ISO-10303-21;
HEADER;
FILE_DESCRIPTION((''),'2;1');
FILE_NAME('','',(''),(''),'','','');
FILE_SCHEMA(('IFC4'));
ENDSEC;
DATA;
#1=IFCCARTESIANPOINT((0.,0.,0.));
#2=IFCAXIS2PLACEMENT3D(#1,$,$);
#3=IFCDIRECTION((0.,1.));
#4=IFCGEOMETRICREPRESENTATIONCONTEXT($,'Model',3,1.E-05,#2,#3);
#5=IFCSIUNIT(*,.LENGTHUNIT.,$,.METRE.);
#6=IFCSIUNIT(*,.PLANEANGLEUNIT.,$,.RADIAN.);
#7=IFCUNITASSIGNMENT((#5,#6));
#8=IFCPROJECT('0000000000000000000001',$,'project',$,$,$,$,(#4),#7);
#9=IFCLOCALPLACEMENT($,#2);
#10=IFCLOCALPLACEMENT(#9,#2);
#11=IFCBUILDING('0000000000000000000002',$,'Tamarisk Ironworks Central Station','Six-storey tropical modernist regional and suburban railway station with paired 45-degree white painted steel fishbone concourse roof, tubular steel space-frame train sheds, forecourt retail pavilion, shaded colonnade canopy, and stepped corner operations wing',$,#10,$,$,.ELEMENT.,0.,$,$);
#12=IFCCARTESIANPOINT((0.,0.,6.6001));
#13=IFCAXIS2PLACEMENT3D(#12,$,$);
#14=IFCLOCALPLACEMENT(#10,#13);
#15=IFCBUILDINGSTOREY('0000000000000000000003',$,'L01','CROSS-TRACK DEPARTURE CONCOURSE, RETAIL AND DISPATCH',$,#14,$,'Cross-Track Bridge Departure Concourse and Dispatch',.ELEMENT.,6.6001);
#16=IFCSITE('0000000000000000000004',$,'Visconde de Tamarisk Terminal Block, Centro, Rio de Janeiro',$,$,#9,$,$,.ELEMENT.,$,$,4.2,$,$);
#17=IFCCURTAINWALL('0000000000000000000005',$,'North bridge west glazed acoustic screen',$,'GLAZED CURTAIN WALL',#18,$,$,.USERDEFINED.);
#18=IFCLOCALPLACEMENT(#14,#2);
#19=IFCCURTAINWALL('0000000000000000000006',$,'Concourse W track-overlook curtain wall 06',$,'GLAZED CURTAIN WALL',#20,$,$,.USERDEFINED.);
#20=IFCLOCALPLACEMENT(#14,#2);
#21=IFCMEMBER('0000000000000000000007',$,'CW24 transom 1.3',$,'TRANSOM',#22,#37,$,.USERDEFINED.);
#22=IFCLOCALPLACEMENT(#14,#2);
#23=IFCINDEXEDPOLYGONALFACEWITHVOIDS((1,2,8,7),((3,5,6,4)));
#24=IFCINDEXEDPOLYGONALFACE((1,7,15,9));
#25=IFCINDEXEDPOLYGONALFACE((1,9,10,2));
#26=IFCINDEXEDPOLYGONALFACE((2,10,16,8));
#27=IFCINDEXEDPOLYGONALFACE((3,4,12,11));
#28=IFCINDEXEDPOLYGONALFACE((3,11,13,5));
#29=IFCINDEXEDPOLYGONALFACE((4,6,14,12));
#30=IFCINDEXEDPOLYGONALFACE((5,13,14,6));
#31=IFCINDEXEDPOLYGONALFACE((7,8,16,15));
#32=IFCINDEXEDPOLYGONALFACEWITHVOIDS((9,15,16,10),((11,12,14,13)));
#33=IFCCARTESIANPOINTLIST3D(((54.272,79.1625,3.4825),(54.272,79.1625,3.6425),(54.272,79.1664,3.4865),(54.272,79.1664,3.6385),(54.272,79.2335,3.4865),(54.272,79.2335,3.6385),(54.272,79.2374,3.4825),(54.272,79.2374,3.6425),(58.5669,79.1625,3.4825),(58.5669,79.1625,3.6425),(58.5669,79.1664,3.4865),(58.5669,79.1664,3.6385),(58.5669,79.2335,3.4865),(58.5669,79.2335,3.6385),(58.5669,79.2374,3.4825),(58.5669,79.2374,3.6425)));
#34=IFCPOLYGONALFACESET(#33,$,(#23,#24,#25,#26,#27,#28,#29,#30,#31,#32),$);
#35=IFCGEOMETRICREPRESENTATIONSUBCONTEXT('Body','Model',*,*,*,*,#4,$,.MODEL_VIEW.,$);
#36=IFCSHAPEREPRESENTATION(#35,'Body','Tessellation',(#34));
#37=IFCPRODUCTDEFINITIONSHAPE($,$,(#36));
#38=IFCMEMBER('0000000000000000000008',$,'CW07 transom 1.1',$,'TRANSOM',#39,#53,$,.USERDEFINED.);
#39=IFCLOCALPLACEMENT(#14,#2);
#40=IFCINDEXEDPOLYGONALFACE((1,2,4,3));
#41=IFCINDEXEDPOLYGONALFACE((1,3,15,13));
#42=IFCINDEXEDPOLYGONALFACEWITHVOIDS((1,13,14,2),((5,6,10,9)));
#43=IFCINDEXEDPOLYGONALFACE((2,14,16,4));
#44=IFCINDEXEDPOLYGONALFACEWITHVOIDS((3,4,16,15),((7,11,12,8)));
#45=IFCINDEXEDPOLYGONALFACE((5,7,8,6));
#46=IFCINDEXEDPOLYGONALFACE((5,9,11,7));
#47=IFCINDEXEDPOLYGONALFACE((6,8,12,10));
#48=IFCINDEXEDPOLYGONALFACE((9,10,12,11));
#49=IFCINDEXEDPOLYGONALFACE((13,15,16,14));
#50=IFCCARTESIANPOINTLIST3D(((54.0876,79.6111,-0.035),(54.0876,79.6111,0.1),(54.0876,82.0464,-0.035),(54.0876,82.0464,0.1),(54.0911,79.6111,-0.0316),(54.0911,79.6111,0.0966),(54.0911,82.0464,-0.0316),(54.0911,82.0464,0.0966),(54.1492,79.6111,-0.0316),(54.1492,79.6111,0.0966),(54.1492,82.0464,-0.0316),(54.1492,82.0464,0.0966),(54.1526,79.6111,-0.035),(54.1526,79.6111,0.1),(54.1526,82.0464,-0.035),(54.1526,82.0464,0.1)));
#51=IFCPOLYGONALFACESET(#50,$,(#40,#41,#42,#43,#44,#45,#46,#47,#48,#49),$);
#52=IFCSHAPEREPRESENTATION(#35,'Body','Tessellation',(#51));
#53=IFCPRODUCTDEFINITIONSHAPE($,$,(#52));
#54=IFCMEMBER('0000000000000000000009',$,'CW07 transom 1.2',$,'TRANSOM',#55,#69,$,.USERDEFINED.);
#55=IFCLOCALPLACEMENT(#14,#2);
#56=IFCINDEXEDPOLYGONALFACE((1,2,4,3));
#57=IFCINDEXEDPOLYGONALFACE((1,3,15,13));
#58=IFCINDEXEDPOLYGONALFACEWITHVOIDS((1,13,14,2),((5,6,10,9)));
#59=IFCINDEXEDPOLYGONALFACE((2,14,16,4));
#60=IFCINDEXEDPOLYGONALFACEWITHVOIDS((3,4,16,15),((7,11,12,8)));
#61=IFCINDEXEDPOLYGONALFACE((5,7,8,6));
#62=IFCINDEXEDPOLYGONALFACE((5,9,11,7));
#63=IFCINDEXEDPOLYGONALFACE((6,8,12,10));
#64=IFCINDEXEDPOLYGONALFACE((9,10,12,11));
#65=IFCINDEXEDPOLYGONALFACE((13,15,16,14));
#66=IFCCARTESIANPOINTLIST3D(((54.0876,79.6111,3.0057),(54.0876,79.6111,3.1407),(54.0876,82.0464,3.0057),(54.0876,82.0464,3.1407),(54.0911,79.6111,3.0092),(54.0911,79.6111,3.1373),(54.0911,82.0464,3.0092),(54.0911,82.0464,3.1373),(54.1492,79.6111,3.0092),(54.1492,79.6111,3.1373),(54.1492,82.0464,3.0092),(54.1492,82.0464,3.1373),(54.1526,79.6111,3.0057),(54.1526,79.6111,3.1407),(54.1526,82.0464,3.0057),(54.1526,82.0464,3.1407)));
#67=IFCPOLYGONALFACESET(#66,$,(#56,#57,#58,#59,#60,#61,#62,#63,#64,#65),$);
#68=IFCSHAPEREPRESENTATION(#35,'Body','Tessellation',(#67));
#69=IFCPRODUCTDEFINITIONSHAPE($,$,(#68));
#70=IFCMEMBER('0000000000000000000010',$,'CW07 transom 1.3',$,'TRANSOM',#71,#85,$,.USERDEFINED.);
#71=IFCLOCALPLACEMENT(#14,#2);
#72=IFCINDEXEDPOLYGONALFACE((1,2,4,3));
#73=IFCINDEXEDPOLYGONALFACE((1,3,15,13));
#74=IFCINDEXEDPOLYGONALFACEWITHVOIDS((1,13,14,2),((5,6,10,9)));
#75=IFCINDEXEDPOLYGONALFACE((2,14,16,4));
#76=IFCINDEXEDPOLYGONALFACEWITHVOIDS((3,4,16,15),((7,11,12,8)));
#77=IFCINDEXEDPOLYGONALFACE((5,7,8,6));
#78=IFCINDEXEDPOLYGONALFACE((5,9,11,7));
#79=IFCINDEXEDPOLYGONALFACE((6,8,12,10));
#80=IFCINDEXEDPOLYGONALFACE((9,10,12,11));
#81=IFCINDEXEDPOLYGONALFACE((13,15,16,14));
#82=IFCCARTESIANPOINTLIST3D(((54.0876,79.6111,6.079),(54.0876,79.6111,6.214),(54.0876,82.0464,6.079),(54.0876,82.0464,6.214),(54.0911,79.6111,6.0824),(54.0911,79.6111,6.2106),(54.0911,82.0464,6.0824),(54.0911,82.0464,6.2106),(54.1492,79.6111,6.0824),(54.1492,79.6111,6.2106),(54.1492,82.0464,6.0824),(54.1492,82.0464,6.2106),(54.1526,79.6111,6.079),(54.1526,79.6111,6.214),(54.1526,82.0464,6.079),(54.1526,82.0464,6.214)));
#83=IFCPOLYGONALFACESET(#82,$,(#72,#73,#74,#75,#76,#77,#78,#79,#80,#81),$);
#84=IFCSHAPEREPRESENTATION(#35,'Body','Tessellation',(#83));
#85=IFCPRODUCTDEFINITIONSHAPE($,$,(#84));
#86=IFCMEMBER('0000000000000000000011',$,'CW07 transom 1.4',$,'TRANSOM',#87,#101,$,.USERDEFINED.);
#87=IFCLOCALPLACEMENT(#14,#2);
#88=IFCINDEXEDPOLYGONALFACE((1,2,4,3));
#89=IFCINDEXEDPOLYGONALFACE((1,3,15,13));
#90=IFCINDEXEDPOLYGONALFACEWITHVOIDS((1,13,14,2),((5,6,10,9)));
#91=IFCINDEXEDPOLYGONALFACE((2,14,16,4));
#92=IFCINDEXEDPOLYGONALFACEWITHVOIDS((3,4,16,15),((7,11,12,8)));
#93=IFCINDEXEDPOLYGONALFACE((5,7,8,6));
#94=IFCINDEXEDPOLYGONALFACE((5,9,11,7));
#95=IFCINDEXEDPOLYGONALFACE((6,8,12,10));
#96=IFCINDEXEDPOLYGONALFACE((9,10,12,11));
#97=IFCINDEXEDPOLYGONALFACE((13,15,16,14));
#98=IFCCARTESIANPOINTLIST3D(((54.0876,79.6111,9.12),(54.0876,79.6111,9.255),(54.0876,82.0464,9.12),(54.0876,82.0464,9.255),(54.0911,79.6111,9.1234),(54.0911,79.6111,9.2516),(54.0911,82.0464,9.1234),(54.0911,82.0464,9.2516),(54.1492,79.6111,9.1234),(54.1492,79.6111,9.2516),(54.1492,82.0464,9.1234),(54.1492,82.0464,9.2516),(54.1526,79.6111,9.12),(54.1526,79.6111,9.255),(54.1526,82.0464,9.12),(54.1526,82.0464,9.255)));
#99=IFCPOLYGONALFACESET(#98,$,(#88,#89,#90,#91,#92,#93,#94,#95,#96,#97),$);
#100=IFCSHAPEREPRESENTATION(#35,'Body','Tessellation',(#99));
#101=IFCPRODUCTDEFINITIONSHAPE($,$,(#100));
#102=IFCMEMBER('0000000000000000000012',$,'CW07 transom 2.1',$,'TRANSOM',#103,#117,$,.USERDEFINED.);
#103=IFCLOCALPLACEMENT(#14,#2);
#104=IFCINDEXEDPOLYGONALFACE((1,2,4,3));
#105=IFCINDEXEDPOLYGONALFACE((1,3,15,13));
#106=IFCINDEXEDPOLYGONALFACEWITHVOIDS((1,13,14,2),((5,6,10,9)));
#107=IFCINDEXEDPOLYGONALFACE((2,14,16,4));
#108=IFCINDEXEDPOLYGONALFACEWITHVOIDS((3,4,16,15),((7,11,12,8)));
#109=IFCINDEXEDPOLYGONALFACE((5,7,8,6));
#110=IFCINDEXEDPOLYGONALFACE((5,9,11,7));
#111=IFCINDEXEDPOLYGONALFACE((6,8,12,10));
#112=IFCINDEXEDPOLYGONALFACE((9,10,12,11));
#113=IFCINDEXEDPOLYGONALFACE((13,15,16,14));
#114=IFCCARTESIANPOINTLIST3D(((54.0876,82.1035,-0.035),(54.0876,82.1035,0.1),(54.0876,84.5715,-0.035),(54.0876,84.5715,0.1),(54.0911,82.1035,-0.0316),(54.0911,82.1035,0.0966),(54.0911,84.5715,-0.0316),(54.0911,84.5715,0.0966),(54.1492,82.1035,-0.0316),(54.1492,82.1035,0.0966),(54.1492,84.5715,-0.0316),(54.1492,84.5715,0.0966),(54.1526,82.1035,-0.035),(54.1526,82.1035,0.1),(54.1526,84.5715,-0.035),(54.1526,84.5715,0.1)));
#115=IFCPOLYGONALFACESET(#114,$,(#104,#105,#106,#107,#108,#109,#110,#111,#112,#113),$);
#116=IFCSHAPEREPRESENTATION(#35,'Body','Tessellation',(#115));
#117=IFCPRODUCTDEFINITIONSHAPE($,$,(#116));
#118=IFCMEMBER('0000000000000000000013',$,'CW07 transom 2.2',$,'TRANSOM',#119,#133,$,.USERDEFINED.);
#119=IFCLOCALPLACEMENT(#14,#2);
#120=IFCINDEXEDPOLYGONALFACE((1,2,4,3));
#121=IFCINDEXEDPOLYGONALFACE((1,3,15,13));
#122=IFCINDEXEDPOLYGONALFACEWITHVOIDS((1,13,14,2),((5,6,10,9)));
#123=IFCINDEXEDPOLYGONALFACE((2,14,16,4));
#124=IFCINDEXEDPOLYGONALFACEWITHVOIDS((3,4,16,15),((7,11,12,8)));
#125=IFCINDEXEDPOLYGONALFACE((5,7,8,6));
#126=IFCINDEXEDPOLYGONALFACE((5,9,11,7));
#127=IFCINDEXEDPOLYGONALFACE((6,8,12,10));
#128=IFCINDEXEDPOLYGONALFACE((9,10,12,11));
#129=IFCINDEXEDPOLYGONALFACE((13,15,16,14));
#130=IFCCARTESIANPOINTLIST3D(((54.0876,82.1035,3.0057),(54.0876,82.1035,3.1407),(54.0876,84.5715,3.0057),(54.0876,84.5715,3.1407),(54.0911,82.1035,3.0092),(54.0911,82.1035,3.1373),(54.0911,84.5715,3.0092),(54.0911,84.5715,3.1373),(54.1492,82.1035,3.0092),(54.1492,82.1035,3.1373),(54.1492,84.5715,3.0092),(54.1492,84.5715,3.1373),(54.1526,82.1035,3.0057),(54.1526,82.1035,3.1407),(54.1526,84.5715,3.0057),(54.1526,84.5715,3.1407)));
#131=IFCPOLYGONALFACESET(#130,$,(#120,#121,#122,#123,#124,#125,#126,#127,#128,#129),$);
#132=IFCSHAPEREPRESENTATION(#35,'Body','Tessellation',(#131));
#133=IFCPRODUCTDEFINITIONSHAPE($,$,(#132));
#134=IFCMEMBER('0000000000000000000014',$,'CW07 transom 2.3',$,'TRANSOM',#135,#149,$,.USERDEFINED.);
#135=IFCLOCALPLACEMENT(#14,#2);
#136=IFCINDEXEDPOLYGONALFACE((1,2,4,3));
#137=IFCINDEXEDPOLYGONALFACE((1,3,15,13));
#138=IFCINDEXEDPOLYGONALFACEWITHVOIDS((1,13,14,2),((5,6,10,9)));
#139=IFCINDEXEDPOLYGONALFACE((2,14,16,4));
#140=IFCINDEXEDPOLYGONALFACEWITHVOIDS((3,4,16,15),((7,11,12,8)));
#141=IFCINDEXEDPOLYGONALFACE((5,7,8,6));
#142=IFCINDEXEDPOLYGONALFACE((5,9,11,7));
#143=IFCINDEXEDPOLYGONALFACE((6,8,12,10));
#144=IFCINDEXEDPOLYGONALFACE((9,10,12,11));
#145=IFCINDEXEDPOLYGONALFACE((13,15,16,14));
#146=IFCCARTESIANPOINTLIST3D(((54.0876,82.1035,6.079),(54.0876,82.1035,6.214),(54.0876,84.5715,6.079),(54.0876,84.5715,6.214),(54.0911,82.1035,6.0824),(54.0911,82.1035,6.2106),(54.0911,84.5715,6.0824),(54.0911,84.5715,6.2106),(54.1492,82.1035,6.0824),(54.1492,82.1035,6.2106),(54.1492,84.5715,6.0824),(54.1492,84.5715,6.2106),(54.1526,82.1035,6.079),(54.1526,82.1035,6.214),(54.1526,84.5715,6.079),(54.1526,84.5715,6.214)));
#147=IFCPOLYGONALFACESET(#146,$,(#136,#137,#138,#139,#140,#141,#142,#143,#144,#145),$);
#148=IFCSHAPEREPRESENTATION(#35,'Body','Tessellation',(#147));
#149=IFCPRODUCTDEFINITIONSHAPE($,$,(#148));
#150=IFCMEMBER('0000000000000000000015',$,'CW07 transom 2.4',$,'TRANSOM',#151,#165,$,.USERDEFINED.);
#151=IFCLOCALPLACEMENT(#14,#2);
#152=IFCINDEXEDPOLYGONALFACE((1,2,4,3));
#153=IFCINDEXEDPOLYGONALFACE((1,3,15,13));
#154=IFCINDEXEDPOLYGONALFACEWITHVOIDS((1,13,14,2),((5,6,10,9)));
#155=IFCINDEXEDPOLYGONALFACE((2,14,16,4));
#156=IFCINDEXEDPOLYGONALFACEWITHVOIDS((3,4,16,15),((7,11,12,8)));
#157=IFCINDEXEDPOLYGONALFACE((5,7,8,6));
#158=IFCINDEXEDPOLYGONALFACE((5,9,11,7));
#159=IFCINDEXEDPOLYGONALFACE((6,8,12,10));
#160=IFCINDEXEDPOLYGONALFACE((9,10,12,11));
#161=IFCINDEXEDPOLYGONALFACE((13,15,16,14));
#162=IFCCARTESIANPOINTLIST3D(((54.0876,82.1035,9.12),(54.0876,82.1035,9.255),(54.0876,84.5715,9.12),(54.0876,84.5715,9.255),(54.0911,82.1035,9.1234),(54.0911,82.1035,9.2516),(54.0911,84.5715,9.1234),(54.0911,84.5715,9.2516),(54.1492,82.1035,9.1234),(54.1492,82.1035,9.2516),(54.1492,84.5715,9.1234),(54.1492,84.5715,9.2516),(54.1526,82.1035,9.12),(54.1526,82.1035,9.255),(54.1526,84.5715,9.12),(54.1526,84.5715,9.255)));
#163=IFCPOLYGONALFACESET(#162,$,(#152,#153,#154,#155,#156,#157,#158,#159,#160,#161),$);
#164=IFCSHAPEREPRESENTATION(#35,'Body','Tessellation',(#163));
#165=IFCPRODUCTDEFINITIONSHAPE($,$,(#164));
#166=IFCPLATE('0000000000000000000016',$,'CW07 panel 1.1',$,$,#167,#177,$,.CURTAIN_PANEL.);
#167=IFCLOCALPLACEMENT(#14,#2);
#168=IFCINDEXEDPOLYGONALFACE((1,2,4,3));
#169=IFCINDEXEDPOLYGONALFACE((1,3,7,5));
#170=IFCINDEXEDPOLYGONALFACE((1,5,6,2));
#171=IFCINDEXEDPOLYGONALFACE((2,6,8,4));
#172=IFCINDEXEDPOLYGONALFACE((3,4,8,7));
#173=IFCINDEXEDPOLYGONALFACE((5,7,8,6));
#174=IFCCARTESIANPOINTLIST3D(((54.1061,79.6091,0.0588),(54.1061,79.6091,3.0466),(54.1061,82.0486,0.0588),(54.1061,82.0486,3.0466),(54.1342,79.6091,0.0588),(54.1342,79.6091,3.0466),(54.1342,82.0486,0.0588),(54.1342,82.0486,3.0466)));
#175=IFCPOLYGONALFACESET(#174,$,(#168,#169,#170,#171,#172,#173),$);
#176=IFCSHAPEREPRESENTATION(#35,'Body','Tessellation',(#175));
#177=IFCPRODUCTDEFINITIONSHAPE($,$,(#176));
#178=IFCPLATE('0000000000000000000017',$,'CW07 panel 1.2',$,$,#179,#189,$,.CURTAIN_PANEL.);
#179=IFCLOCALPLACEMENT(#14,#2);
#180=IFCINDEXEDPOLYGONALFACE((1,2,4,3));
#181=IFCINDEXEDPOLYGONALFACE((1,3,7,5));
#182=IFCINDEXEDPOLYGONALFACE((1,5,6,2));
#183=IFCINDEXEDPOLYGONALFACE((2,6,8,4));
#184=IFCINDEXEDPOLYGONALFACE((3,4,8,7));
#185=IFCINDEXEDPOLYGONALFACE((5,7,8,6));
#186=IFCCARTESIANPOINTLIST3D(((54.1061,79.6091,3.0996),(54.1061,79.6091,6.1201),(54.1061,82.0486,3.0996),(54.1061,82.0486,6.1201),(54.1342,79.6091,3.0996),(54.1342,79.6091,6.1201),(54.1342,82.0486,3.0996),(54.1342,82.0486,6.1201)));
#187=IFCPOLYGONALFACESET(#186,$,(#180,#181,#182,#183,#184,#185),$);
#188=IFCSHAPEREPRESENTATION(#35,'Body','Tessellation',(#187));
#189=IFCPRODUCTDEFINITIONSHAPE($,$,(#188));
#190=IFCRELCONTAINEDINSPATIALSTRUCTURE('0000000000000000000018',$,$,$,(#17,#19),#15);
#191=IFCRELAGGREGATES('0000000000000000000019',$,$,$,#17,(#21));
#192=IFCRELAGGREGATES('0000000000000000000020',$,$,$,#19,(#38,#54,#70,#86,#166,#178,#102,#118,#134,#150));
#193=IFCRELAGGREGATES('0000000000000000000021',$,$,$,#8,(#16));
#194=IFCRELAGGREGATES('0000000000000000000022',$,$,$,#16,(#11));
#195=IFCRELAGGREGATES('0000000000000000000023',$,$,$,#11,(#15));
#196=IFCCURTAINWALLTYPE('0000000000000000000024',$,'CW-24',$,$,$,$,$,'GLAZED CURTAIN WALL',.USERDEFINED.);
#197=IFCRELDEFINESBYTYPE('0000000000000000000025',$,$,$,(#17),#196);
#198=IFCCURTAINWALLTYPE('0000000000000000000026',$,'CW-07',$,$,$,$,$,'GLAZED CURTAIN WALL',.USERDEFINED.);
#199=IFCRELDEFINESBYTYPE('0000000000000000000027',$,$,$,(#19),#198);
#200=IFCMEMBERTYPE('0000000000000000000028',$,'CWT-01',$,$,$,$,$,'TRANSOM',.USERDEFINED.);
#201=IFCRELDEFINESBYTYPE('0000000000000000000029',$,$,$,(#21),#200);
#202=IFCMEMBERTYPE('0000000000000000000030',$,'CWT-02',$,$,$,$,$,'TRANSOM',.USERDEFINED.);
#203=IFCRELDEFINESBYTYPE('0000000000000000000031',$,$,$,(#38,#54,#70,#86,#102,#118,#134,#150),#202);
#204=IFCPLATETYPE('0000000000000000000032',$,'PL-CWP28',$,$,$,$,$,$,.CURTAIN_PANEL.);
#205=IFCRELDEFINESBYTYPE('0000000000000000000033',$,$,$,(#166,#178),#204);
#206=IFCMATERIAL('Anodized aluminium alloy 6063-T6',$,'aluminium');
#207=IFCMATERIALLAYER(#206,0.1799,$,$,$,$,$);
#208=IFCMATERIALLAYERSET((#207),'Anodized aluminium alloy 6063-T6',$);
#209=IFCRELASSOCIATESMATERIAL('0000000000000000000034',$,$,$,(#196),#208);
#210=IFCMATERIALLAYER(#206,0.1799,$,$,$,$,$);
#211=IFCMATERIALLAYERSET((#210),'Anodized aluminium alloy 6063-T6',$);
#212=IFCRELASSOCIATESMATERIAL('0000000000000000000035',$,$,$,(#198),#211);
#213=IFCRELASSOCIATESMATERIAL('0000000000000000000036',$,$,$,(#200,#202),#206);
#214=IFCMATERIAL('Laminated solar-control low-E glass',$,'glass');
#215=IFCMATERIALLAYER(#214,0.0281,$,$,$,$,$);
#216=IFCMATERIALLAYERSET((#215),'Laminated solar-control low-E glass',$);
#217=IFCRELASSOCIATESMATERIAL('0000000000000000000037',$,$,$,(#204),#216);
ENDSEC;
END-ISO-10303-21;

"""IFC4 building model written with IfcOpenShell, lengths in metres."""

from ifc_helpers import new_model, si_unit, direction, frame, origin, origin_2d, place, context, subcontext, project, spatial, rectangle, hollow_rectangle, extrude, material, layer, layer_set, material_profile, profile_set, type_object, element, aggregate, save


model = new_model("IFC4")

# Units and contexts
model_context = context("Model", 3, precision=1e-05, world=origin(), true_north=direction((0.0, 1.0)))
body_context = subcontext(model_context, "Body", "Model", "MODEL_VIEW")
ifc_project = project(units=[si_unit("LENGTHUNIT", "METRE"), si_unit("PLANEANGLEUNIT", "RADIAN")], contexts=[model_context])

# Site, building, storey
site_placement = place(None, origin())
site = spatial("IfcSite", under=ifc_project, at=site_placement, Name="Visconde de Tamarisk Terminal Block, Centro, Rio de Janeiro", CompositionType="ELEMENT", RefElevation=4.2)
building_placement = place(site_placement, origin())
building = spatial("IfcBuilding", under=site, at=building_placement, Name="Tamarisk Ironworks Central Station", Description="Six-storey tropical modernist regional and suburban railway station with paired 45-degree white painted steel fishbone concourse roof, tubular steel space-frame train sheds, forecourt retail pavilion, shaded colonnade canopy, and stepped corner operations wing", CompositionType="ELEMENT", ElevationOfRefHeight=0.0)
storey_placement = place(building_placement, frame((0.0, 0.0, 6.6001)))
storey = spatial("IfcBuildingStorey", under=building, at=storey_placement, Name="L01", Description="CROSS-TRACK DEPARTURE CONCOURSE, RETAIL AND DISPATCH", LongName="Cross-Track Bridge Departure Concourse and Dispatch", CompositionType="ELEMENT", Elevation=6.6001)

# Curtain wall
ifc_material_1 = material(Name="Anodized aluminium alloy 6063-T6", Category="aluminium")
ifc_layer_1 = layer(ifc_material_1, 0.1799)
ifc_layer_set_1 = layer_set([ifc_layer_1], Name="Anodized aluminium alloy 6063-T6")
curtain_wall_type_1 = type_object("IfcCurtainWallType", Name="CW-24", ElementType="GLAZED CURTAIN WALL", PredefinedType="USERDEFINED", material=ifc_layer_set_1)
curtain_wall_1_placement = place(storey_placement, origin())
curtain_wall_1 = element("IfcCurtainWall", 1, at=curtain_wall_1_placement, inside=storey, type_object=curtain_wall_type_1, Name="North bridge west glazed acoustic screen", ObjectType="GLAZED CURTAIN WALL", PredefinedType="USERDEFINED")

# Curtain wall
ifc_layer_2 = layer(ifc_material_1, 0.1799)
ifc_layer_set_2 = layer_set([ifc_layer_2], Name="Anodized aluminium alloy 6063-T6")
curtain_wall_type_2 = type_object("IfcCurtainWallType", Name="CW-07", ElementType="GLAZED CURTAIN WALL", PredefinedType="USERDEFINED", material=ifc_layer_set_2)
curtain_wall_2_placement = place(storey_placement, origin())
curtain_wall_2 = element("IfcCurtainWall", 2, at=curtain_wall_2_placement, inside=storey, type_object=curtain_wall_type_2, Name="Concourse W track-overlook curtain wall 06", ObjectType="GLAZED CURTAIN WALL", PredefinedType="USERDEFINED")

# Members
ifc_material_profile_1 = material_profile(ifc_material_1, hollow_rectangle(XDim=0.075, YDim=0.1599, WallThickness=0.0039, at=origin_2d()), Name="ALUM 160x75")
ifc_profile_set_1 = profile_set([ifc_material_profile_1], Name="Anodized aluminium alloy 6063-T6")
member_type_1 = type_object("IfcMemberType", Name="CWT-01", ElementType="TRANSOM", PredefinedType="USERDEFINED", material=ifc_profile_set_1)
member_1_placement = place(storey_placement, frame((54.272, 79.2, 3.5625), z_axis=(1.0, 0.0, 0.0), x_axis=(0.0, 1.0, 0.0)))
member_1 = element("IfcMember", 3, at=member_1_placement, type_object=member_type_1, Name="CW24 transom 1.3", ObjectType="TRANSOM", PredefinedType="USERDEFINED", context=body_context, shape_type="SweptSolid", body=[
    extrude(hollow_rectangle(XDim=0.075, YDim=0.1599, WallThickness=0.0039, at=origin_2d()), origin(), (0.0, 0.0, 1.0), 4.2949),
])
aggregate(curtain_wall_1, [member_1])
ifc_material_profile_2 = material_profile(ifc_material_1, hollow_rectangle(XDim=0.0649, YDim=0.135, WallThickness=0.0034, at=origin_2d()), Name="ALUM 135x65")
ifc_profile_set_2 = profile_set([ifc_material_profile_2], Name="Anodized aluminium alloy 6063-T6")
member_type_2 = type_object("IfcMemberType", Name="CWT-02", ElementType="TRANSOM", PredefinedType="USERDEFINED", material=ifc_profile_set_2)
member_2_placement = place(storey_placement, frame((54.1201, 79.6111, 0.0325), z_axis=(0.0, 1.0, 0.0), x_axis=(-1.0, 0.0, 0.0)))
member_2 = element("IfcMember", 4, at=member_2_placement, type_object=member_type_2, Name="CW07 transom 1.1", ObjectType="TRANSOM", PredefinedType="USERDEFINED", context=body_context, shape_type="SweptSolid", body=[
    extrude(hollow_rectangle(XDim=0.0649, YDim=0.135, WallThickness=0.0034, at=origin_2d()), origin(), (0.0, 0.0, 1.0), 2.4353),
])
member_3_placement = place(storey_placement, frame((54.1201, 79.6111, 3.0732), z_axis=(0.0, 1.0, 0.0), x_axis=(-1.0, 0.0, 0.0)))
member_3 = element("IfcMember", 5, at=member_3_placement, type_object=member_type_2, Name="CW07 transom 1.2", ObjectType="TRANSOM", PredefinedType="USERDEFINED", context=body_context, shape_type="SweptSolid", body=[
    extrude(hollow_rectangle(XDim=0.0649, YDim=0.135, WallThickness=0.0034, at=origin_2d()), origin(), (0.0, 0.0, 1.0), 2.4353),
])
member_4_placement = place(storey_placement, frame((54.1201, 79.6111, 6.1465), z_axis=(0.0, 1.0, 0.0), x_axis=(-1.0, 0.0, 0.0)))
member_4 = element("IfcMember", 6, at=member_4_placement, type_object=member_type_2, Name="CW07 transom 1.3", ObjectType="TRANSOM", PredefinedType="USERDEFINED", context=body_context, shape_type="SweptSolid", body=[
    extrude(hollow_rectangle(XDim=0.0649, YDim=0.135, WallThickness=0.0034, at=origin_2d()), origin(), (0.0, 0.0, 1.0), 2.4353),
])
member_5_placement = place(storey_placement, frame((54.1201, 79.6111, 9.1875), z_axis=(0.0, 1.0, 0.0), x_axis=(-1.0, 0.0, 0.0)))
member_5 = element("IfcMember", 7, at=member_5_placement, type_object=member_type_2, Name="CW07 transom 1.4", ObjectType="TRANSOM", PredefinedType="USERDEFINED", context=body_context, shape_type="SweptSolid", body=[
    extrude(hollow_rectangle(XDim=0.0649, YDim=0.135, WallThickness=0.0034, at=origin_2d()), origin(), (0.0, 0.0, 1.0), 2.4353),
])
member_6_placement = place(storey_placement, frame((54.1201, 82.1035, 0.0325), z_axis=(0.0, 1.0, 0.0), x_axis=(-1.0, 0.0, 0.0)))
member_6 = element("IfcMember", 8, at=member_6_placement, type_object=member_type_2, Name="CW07 transom 2.1", ObjectType="TRANSOM", PredefinedType="USERDEFINED", context=body_context, shape_type="SweptSolid", body=[
    extrude(hollow_rectangle(XDim=0.0649, YDim=0.135, WallThickness=0.0034, at=origin_2d()), origin(), (0.0, 0.0, 1.0), 2.468),
])
member_7_placement = place(storey_placement, frame((54.1201, 82.1035, 3.0732), z_axis=(0.0, 1.0, 0.0), x_axis=(-1.0, 0.0, 0.0)))
member_7 = element("IfcMember", 9, at=member_7_placement, type_object=member_type_2, Name="CW07 transom 2.2", ObjectType="TRANSOM", PredefinedType="USERDEFINED", context=body_context, shape_type="SweptSolid", body=[
    extrude(hollow_rectangle(XDim=0.0649, YDim=0.135, WallThickness=0.0034, at=origin_2d()), origin(), (0.0, 0.0, 1.0), 2.468),
])
member_8_placement = place(storey_placement, frame((54.1201, 82.1035, 6.1465), z_axis=(0.0, 1.0, 0.0), x_axis=(-1.0, 0.0, 0.0)))
member_8 = element("IfcMember", 10, at=member_8_placement, type_object=member_type_2, Name="CW07 transom 2.3", ObjectType="TRANSOM", PredefinedType="USERDEFINED", context=body_context, shape_type="SweptSolid", body=[
    extrude(hollow_rectangle(XDim=0.0649, YDim=0.135, WallThickness=0.0034, at=origin_2d()), origin(), (0.0, 0.0, 1.0), 2.468),
])
member_9_placement = place(storey_placement, frame((54.1201, 82.1035, 9.1875), z_axis=(0.0, 1.0, 0.0), x_axis=(-1.0, 0.0, 0.0)))
member_9 = element("IfcMember", 11, at=member_9_placement, type_object=member_type_2, Name="CW07 transom 2.4", ObjectType="TRANSOM", PredefinedType="USERDEFINED", context=body_context, shape_type="SweptSolid", body=[
    extrude(hollow_rectangle(XDim=0.0649, YDim=0.135, WallThickness=0.0034, at=origin_2d()), origin(), (0.0, 0.0, 1.0), 2.468),
])

# Plates
ifc_material_2 = material(Name="Laminated solar-control low-E glass", Category="glass")
ifc_layer_3 = layer(ifc_material_2, 0.0281)
ifc_layer_set_3 = layer_set([ifc_layer_3], Name="Laminated solar-control low-E glass")
plate_type = type_object("IfcPlateType", Name="PL-CWP28", PredefinedType="CURTAIN_PANEL", material=ifc_layer_set_3)
plate_1_placement = place(storey_placement, frame((54.1201, 80.8289, 0.0588), z_axis=(0.0, 0.0, 1.0), x_axis=(0.0, 1.0, 0.0)))
plate_1 = element("IfcPlate", 12, at=plate_1_placement, type_object=plate_type, Name="CW07 panel 1.1", PredefinedType="CURTAIN_PANEL", context=body_context, shape_type="SweptSolid", body=[
    extrude(rectangle(XDim=2.4395, YDim=0.0281, at=origin_2d()), origin(), (0.0, 0.0, 1.0), 2.9878),
])
plate_2_placement = place(storey_placement, frame((54.1201, 80.8289, 3.0996), z_axis=(0.0, 0.0, 1.0), x_axis=(0.0, 1.0, 0.0)))
plate_2 = element("IfcPlate", 13, at=plate_2_placement, type_object=plate_type, Name="CW07 panel 1.2", PredefinedType="CURTAIN_PANEL", context=body_context, shape_type="SweptSolid", body=[
    extrude(rectangle(XDim=2.4395, YDim=0.0281, at=origin_2d()), origin(), (0.0, 0.0, 1.0), 3.0205),
])
aggregate(curtain_wall_2, [member_2, member_3, member_4, member_5, plate_1, plate_2, member_6, member_7, member_8, member_9])

save(model, "model.ifc")
